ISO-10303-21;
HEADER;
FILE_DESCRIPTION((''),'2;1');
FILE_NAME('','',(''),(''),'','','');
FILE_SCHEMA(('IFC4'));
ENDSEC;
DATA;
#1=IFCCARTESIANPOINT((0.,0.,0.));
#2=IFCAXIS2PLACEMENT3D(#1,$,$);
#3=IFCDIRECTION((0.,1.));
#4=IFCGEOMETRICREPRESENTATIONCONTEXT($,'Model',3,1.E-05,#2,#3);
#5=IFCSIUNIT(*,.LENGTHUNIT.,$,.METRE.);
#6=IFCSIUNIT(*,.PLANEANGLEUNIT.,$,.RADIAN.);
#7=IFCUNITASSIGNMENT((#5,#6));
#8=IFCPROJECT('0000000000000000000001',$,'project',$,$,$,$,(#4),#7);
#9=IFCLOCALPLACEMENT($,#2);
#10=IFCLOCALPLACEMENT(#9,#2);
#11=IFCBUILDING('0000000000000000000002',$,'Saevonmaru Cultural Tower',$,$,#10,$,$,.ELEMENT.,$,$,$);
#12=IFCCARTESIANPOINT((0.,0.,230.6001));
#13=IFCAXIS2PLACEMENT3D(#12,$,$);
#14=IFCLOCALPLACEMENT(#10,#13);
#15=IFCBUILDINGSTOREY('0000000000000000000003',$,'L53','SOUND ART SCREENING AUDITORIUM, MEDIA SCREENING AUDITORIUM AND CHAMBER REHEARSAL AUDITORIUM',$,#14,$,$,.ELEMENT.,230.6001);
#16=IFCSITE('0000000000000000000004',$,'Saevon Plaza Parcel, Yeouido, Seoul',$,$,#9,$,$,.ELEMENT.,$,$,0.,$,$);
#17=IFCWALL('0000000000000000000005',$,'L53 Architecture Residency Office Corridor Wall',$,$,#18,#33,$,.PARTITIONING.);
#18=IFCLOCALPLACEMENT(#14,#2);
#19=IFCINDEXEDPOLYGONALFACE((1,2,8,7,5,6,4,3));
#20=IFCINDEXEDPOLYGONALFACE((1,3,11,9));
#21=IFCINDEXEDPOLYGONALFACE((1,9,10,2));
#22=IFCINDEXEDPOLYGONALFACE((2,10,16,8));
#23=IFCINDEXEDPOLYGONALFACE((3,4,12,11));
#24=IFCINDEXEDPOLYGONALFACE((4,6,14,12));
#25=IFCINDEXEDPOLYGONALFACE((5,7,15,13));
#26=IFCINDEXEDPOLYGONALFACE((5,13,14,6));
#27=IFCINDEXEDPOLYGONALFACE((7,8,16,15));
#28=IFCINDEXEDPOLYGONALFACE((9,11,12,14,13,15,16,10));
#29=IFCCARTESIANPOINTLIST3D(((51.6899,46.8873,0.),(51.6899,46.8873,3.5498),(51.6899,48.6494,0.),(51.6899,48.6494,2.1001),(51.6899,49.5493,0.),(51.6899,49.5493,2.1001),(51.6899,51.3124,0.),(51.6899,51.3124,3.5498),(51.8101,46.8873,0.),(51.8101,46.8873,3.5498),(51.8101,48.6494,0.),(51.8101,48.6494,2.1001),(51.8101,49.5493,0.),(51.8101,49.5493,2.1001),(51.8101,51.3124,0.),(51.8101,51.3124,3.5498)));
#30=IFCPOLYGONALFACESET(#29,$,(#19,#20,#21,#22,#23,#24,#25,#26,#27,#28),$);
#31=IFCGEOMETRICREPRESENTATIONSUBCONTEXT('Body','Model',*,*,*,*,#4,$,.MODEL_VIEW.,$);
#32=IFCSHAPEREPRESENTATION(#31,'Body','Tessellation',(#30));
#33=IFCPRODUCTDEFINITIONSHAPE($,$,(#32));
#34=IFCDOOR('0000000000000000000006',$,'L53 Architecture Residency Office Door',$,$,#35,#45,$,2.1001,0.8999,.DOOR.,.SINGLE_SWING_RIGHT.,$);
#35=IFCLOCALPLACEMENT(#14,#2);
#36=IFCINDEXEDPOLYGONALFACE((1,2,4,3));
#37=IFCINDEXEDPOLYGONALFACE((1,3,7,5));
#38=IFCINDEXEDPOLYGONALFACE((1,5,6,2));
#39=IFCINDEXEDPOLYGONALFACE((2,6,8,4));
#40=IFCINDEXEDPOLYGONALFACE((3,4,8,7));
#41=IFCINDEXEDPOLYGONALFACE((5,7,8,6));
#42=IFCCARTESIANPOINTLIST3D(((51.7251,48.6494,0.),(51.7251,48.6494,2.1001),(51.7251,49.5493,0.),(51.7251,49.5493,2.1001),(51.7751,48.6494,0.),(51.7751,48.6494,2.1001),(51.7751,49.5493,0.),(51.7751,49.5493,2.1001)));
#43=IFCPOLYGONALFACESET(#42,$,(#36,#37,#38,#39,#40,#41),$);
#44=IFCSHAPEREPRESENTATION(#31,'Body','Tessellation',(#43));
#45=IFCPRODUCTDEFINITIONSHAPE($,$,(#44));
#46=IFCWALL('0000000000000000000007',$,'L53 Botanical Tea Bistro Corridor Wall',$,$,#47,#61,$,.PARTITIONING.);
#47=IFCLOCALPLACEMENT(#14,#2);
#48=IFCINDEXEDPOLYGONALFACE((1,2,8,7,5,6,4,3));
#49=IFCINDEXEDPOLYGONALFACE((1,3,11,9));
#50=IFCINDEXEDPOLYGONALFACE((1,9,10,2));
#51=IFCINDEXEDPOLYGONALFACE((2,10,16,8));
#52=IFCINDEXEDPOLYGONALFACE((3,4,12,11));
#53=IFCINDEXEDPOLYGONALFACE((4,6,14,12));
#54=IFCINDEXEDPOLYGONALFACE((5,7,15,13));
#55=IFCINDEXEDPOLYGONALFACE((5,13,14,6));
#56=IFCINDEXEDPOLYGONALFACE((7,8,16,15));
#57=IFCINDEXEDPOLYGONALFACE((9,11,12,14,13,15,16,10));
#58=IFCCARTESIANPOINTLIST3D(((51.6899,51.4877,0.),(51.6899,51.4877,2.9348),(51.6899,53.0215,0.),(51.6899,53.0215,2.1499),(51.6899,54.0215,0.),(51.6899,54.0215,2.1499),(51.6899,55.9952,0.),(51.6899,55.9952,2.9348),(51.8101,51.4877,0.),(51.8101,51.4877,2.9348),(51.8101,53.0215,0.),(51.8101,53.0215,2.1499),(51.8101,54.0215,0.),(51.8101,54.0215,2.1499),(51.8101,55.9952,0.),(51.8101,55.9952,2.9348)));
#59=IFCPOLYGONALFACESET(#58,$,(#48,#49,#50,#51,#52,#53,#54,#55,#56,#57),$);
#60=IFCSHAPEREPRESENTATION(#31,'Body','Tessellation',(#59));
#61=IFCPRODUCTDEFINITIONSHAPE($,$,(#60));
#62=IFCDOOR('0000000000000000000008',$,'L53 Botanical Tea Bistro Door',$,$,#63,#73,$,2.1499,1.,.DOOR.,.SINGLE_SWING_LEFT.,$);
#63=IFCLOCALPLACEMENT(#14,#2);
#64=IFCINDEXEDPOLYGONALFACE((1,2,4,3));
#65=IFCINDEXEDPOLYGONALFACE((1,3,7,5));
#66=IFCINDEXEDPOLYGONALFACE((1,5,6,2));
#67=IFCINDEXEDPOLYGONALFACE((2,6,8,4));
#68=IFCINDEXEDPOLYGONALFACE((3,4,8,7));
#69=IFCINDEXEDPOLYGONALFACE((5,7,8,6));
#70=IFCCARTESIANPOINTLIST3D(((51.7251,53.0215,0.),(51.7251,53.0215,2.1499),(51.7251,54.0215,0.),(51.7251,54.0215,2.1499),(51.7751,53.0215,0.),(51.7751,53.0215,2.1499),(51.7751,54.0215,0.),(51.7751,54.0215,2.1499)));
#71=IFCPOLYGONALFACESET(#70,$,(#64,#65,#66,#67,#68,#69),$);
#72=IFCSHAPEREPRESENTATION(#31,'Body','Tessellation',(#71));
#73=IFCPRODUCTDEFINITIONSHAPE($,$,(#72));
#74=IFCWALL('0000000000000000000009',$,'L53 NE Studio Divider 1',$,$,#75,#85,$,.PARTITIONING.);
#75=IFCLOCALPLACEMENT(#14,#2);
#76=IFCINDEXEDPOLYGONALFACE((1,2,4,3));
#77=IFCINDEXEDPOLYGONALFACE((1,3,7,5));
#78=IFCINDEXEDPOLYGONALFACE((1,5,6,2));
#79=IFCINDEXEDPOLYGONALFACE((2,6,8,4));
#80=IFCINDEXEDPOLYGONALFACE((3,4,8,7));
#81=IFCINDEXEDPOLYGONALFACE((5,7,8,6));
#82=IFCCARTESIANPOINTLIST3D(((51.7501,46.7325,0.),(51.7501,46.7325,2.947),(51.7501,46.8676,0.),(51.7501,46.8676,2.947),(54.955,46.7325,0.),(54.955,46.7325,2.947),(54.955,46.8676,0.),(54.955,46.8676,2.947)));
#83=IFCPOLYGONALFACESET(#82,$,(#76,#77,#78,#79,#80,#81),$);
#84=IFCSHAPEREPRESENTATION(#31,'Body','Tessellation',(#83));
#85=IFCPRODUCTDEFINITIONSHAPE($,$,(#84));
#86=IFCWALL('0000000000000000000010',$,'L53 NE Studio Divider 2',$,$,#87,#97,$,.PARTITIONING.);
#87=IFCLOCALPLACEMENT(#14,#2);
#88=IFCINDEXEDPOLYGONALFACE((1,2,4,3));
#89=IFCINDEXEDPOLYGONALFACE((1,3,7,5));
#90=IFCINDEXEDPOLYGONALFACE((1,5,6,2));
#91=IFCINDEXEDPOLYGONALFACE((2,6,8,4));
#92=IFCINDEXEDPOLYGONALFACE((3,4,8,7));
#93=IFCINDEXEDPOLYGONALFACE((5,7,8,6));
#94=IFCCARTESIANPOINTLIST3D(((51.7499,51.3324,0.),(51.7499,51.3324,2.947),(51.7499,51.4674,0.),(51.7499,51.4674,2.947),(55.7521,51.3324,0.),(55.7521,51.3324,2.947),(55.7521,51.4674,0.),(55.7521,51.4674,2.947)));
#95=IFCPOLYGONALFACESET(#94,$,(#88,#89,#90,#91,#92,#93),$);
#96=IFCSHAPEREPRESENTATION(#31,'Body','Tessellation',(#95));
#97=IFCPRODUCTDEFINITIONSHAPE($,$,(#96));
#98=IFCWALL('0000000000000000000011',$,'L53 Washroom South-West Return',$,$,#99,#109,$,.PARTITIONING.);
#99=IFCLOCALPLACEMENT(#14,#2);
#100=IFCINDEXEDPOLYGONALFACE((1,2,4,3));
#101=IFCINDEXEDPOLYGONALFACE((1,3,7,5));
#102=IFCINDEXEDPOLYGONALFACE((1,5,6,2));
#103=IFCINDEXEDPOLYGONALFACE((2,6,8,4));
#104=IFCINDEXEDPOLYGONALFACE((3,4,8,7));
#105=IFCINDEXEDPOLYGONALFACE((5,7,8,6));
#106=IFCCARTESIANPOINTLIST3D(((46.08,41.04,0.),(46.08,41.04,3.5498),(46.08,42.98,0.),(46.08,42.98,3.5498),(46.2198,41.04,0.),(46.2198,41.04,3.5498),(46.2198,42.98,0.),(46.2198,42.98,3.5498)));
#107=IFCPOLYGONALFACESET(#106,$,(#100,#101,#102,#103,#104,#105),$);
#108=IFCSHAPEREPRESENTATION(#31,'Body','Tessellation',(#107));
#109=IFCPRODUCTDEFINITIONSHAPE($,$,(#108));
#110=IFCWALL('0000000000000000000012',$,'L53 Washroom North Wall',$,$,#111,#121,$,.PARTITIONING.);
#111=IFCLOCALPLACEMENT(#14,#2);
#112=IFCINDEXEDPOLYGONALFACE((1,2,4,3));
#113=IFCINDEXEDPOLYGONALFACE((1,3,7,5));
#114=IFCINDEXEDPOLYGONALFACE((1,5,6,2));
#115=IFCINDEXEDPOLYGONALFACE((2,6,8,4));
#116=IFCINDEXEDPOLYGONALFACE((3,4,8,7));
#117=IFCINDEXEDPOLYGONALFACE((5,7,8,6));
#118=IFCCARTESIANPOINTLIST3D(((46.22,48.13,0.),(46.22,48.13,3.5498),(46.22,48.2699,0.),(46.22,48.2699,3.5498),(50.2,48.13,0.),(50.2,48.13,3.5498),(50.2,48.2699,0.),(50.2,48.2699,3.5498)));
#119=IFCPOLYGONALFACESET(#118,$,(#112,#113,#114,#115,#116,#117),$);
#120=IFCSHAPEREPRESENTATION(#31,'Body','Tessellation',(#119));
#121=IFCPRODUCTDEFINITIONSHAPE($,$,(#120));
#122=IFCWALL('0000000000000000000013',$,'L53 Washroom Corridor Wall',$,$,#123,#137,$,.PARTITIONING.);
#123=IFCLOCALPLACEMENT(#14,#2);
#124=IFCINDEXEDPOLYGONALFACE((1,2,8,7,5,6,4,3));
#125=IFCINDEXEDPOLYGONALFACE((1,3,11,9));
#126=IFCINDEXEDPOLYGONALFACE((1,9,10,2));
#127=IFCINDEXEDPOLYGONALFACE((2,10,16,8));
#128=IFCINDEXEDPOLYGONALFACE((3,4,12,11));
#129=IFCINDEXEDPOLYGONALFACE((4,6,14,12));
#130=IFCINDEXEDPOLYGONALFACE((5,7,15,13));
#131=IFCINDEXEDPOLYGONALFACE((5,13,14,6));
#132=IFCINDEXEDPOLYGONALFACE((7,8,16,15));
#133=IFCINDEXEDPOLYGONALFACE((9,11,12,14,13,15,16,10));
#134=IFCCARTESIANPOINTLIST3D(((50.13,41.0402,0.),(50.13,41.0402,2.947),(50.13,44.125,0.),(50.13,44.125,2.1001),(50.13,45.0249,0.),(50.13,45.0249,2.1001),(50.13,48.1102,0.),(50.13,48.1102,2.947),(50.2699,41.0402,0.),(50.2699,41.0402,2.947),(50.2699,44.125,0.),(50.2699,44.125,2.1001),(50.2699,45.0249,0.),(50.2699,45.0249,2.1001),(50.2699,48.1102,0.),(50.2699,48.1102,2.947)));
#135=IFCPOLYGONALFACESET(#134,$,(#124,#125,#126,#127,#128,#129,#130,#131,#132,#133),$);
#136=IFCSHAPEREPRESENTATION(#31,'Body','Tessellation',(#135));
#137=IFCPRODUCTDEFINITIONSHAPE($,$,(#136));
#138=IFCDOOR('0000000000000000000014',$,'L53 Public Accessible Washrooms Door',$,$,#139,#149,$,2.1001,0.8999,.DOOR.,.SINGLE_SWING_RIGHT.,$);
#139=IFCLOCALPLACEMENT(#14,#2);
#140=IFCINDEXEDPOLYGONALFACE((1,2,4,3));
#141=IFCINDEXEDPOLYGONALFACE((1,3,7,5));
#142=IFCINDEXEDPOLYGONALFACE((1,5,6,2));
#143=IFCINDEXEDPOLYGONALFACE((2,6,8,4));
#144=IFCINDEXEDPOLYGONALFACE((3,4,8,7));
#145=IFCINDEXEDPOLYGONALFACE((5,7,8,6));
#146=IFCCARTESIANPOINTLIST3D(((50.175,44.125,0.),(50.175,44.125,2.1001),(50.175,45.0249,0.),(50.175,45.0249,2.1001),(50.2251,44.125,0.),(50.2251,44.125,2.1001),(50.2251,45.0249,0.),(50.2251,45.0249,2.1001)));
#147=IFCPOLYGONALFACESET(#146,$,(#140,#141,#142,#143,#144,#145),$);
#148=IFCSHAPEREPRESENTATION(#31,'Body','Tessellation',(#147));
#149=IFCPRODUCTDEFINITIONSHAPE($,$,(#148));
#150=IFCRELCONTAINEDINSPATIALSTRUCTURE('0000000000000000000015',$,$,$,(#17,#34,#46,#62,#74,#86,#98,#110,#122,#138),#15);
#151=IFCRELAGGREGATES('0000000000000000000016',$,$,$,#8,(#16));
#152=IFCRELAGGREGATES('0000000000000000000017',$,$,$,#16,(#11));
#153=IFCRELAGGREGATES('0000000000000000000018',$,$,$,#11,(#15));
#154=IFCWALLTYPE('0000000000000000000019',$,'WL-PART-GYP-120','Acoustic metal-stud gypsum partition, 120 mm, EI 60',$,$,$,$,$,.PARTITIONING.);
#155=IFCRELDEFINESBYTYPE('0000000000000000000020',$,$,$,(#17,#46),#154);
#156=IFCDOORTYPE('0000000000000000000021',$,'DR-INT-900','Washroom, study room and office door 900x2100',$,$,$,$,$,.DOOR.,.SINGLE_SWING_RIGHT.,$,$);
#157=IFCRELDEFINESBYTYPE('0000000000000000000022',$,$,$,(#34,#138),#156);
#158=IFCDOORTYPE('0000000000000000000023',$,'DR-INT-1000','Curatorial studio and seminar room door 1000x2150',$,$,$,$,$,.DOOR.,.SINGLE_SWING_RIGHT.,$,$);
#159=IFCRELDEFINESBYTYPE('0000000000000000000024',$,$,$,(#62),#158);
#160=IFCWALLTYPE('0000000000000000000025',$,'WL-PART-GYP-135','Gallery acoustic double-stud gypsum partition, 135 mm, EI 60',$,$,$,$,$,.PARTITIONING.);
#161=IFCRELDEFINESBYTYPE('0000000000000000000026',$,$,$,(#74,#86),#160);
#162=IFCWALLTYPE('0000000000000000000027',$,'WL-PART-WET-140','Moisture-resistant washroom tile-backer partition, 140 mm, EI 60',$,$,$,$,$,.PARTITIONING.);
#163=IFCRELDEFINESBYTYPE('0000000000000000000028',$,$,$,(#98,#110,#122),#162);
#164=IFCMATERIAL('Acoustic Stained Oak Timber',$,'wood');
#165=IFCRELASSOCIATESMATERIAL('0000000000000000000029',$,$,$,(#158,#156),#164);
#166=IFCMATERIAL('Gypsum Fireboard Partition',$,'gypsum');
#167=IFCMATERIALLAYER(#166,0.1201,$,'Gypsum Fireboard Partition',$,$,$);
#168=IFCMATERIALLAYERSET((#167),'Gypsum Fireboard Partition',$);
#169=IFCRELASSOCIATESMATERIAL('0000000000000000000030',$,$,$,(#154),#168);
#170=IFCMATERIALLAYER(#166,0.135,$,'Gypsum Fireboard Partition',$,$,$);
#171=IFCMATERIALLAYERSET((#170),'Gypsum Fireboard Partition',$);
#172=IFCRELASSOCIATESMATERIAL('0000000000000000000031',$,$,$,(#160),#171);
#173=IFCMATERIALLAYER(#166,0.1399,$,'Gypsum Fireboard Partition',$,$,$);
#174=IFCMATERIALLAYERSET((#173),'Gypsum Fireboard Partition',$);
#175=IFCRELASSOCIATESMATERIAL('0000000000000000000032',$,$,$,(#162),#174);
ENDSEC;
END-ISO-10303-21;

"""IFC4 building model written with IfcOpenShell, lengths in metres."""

from ifc_helpers import new_model, si_unit, direction, frame, frame_2d, origin, place, context, subcontext, project, spatial, rectangle, extrude, material, layer, layer_set, type_object, element, fill, save


model = new_model("IFC4")

# Units and contexts
model_context = context("Model", 3, precision=1e-05, world=origin(), true_north=direction((0.0, 1.0)))
body_context = subcontext(model_context, "Body", "Model", "MODEL_VIEW")
ifc_project = project(units=[si_unit("LENGTHUNIT", "METRE"), si_unit("PLANEANGLEUNIT", "RADIAN")], contexts=[model_context])

# Site, building, storey
site_placement = place(None, origin())
site = spatial("IfcSite", under=ifc_project, at=site_placement, Name="Saevon Plaza Parcel, Yeouido, Seoul", CompositionType="ELEMENT", RefElevation=0.0)
building_placement = place(site_placement, origin())
building = spatial("IfcBuilding", under=site, at=building_placement, Name="Saevonmaru Cultural Tower", CompositionType="ELEMENT")
storey_placement = place(building_placement, frame((0.0, 0.0, 230.6001)))
storey = spatial("IfcBuildingStorey", under=building, at=storey_placement, Name="L53", Description="SOUND ART SCREENING AUDITORIUM, MEDIA SCREENING AUDITORIUM AND CHAMBER REHEARSAL AUDITORIUM", CompositionType="ELEMENT", Elevation=230.6001)

# Shared definitions
ifc_material_1 = material(Name="Gypsum Fireboard Partition", Category="gypsum")
ifc_material_2 = material(Name="Acoustic Stained Oak Timber", Category="wood")
door_type_1 = type_object("IfcDoorType", Name="DR-INT-1000", Description="Curatorial studio and seminar room door 1000x2150", OperationType="SINGLE_SWING_RIGHT", PredefinedType="DOOR", material=ifc_material_2)

# Shared definitions
ifc_layer_1 = layer(ifc_material_1, 0.1201, Name="Gypsum Fireboard Partition")
ifc_layer_set_1 = layer_set([ifc_layer_1], Name="Gypsum Fireboard Partition")
wall_type_1 = type_object("IfcWallType", Name="WL-PART-GYP-120", Description="Acoustic metal-stud gypsum partition, 120 mm, EI 60", PredefinedType="PARTITIONING", material=ifc_layer_set_1)

# Walls, openings, doors
wall_1_placement = place(storey_placement, frame((51.75, 46.8875, 0.0), z_axis=(0.0, 0.0, 1.0), x_axis=(0.0, 1.0, 0.0)))
wall_1 = element("IfcWall", 1, at=wall_1_placement, inside=storey, type_object=wall_type_1, Name="L53 Architecture Residency Office Corridor Wall", PredefinedType="PARTITIONING", context=body_context, shape_type="SweptSolid", body=[
    extrude(rectangle(XDim=4.425, YDim=0.1201, at=frame_2d((2.2124, 0.0))), origin(), (0.0, 0.0, 1.0), 3.5498),
])
opening_1_placement = place(wall_1_placement, frame((1.762, 0.0, 0.0)))
opening_1 = element("IfcOpeningElement", 2, at=opening_1_placement, cuts=wall_1, PredefinedType="OPENING", context=body_context, shape_type="SweptSolid", body=[
    extrude(rectangle(XDim=0.8999, YDim=2.1001, at=frame_2d((0.45, 1.05))), frame((0.0, 0.0701, 0.0), z_axis=(0.0, -1.0, 0.0), x_axis=(1.0, 0.0, 0.0)), (0.0, 0.0, 1.0), 0.1401),
])
door_type_2 = type_object("IfcDoorType", Name="DR-INT-900", Description="Washroom, study room and office door 900x2100", OperationType="SINGLE_SWING_RIGHT", PredefinedType="DOOR", material=ifc_material_2)
door_1_placement = place(opening_1_placement, origin())
door_1 = element("IfcDoor", 3, at=door_1_placement, inside=storey, type_object=door_type_2, Name="L53 Architecture Residency Office Door", OperationType="SINGLE_SWING_RIGHT", OverallHeight=2.1001, OverallWidth=0.8999, PredefinedType="DOOR", context=body_context, shape_type="SweptSolid", body=[
    extrude(rectangle(XDim=0.8999, YDim=2.1001, at=frame_2d((0.45, 1.05))), frame((0.0, 0.0249, 0.0), z_axis=(0.0, -1.0, 0.0), x_axis=(1.0, 0.0, 0.0)), (0.0, 0.0, 1.0), 0.05),
])
fill(opening_1, door_1)
wall_2_placement = place(storey_placement, frame((51.75, 51.4875, 0.0), z_axis=(0.0, 0.0, 1.0), x_axis=(0.0, 1.0, 0.0)))
wall_2 = element("IfcWall", 4, at=wall_2_placement, inside=storey, type_object=wall_type_1, Name="L53 Botanical Tea Bistro Corridor Wall", PredefinedType="PARTITIONING", context=body_context, shape_type="SweptSolid", body=[
    extrude(rectangle(XDim=4.5076, YDim=0.1201, at=frame_2d((2.2539, 0.0))), origin(), (0.0, 0.0, 1.0), 2.9348),
])
opening_2_placement = place(wall_2_placement, frame((1.5339, 0.0, 0.0)))
opening_2 = element("IfcOpeningElement", 5, at=opening_2_placement, cuts=wall_2, PredefinedType="OPENING", context=body_context, shape_type="SweptSolid", body=[
    extrude(rectangle(XDim=1.0, YDim=2.1499, at=frame_2d((0.5, 1.075))), frame((0.0, 0.0701, 0.0), z_axis=(0.0, -1.0, 0.0), x_axis=(1.0, 0.0, 0.0)), (0.0, 0.0, 1.0), 0.1401),
])
door_2_placement = place(opening_2_placement, origin())
door_2 = element("IfcDoor", 6, at=door_2_placement, inside=storey, type_object=door_type_1, Name="L53 Botanical Tea Bistro Door", OperationType="SINGLE_SWING_LEFT", OverallHeight=2.1499, OverallWidth=1.0, PredefinedType="DOOR", context=body_context, shape_type="SweptSolid", body=[
    extrude(rectangle(XDim=1.0, YDim=2.1499, at=frame_2d((0.5, 1.075))), frame((0.0, 0.0249, 0.0), z_axis=(0.0, -1.0, 0.0), x_axis=(1.0, 0.0, 0.0)), (0.0, 0.0, 1.0), 0.05),
])
fill(opening_2, door_2)

# Walls
ifc_layer_2 = layer(ifc_material_1, 0.135, Name="Gypsum Fireboard Partition")
ifc_layer_set_2 = layer_set([ifc_layer_2], Name="Gypsum Fireboard Partition")
wall_type_2 = type_object("IfcWallType", Name="WL-PART-GYP-135", Description="Gallery acoustic double-stud gypsum partition, 135 mm, EI 60", PredefinedType="PARTITIONING", material=ifc_layer_set_2)
wall_3_placement = place(storey_placement, frame((51.75, 46.8, 0.0), z_axis=(0.0, 0.0, 1.0), x_axis=(1.0, 0.0, 0.0)))
element("IfcWall", 7, at=wall_3_placement, inside=storey, type_object=wall_type_2, Name="L53 NE Studio Divider 1", PredefinedType="PARTITIONING", context=body_context, shape_type="SweptSolid", body=[
    extrude(rectangle(XDim=3.2048, YDim=0.135, at=frame_2d((1.6025, 0.0))), origin(), (0.0, 0.0, 1.0), 2.947),
])
wall_4_placement = place(storey_placement, frame((51.75, 51.3999, 0.0), z_axis=(0.0, 0.0, 1.0), x_axis=(1.0, 0.0, 0.0)))
element("IfcWall", 8, at=wall_4_placement, inside=storey, type_object=wall_type_2, Name="L53 NE Studio Divider 2", PredefinedType="PARTITIONING", context=body_context, shape_type="SweptSolid", body=[
    extrude(rectangle(XDim=4.0022, YDim=0.135, at=frame_2d((2.001, 0.0))), origin(), (0.0, 0.0, 1.0), 2.947),
])
ifc_layer_3 = layer(ifc_material_1, 0.1399, Name="Gypsum Fireboard Partition")
ifc_layer_set_3 = layer_set([ifc_layer_3], Name="Gypsum Fireboard Partition")
wall_type_3 = type_object("IfcWallType", Name="WL-PART-WET-140", Description="Moisture-resistant washroom tile-backer partition, 140 mm, EI 60", PredefinedType="PARTITIONING", material=ifc_layer_set_3)
wall_5_placement = place(storey_placement, frame((46.1499, 41.04, 0.0), z_axis=(0.0, 0.0, 1.0), x_axis=(0.0, 1.0, 0.0)))
element("IfcWall", 9, at=wall_5_placement, inside=storey, type_object=wall_type_3, Name="L53 Washroom South-West Return", PredefinedType="PARTITIONING", context=body_context, shape_type="SweptSolid", body=[
    extrude(rectangle(XDim=1.9399, YDim=0.1399, at=frame_2d((0.97, 0.0))), origin(), (0.0, 0.0, 1.0), 3.5498),
])
wall_6_placement = place(storey_placement, frame((46.22, 48.2, 0.0), z_axis=(0.0, 0.0, 1.0), x_axis=(1.0, 0.0, 0.0)))
element("IfcWall", 10, at=wall_6_placement, inside=storey, type_object=wall_type_3, Name="L53 Washroom North Wall", PredefinedType="PARTITIONING", context=body_context, shape_type="SweptSolid", body=[
    extrude(rectangle(XDim=3.98, YDim=0.1399, at=frame_2d((1.99, 0.0))), origin(), (0.0, 0.0, 1.0), 3.5498),
])

# Wall, opening, door
wall_7_placement = place(storey_placement, frame((50.2, 41.04, 0.0), z_axis=(0.0, 0.0, 1.0), x_axis=(0.0, 1.0, 0.0)))
wall_7 = element("IfcWall", 11, at=wall_7_placement, inside=storey, type_object=wall_type_3, Name="L53 Washroom Corridor Wall", PredefinedType="PARTITIONING", context=body_context, shape_type="SweptSolid", body=[
    extrude(rectangle(XDim=7.0701, YDim=0.1399, at=frame_2d((3.5352, 0.0))), origin(), (0.0, 0.0, 1.0), 2.947),
])
opening_3_placement = place(wall_7_placement, frame((3.085, 0.0, 0.0)))
opening_3 = element("IfcOpeningElement", 12, at=opening_3_placement, cuts=wall_7, PredefinedType="OPENING", context=body_context, shape_type="SweptSolid", body=[
    extrude(rectangle(XDim=0.8999, YDim=2.1001, at=frame_2d((0.45, 1.05))), frame((0.0, 0.0801, 0.0), z_axis=(0.0, -1.0, 0.0), x_axis=(1.0, 0.0, 0.0)), (0.0, 0.0, 1.0), 0.1599),
])
door_3_placement = place(opening_3_placement, origin())
door_3 = element("IfcDoor", 13, at=door_3_placement, inside=storey, type_object=door_type_2, Name="L53 Public Accessible Washrooms Door", OperationType="SINGLE_SWING_RIGHT", OverallHeight=2.1001, OverallWidth=0.8999, PredefinedType="DOOR", context=body_context, shape_type="SweptSolid", body=[
    extrude(rectangle(XDim=0.8999, YDim=2.1001, at=frame_2d((0.45, 1.05))), frame((0.0, 0.0249, 0.0), z_axis=(0.0, -1.0, 0.0), x_axis=(1.0, 0.0, 0.0)), (0.0, 0.0, 1.0), 0.05),
])
fill(opening_3, door_3)

save(model, "model.ifc")
